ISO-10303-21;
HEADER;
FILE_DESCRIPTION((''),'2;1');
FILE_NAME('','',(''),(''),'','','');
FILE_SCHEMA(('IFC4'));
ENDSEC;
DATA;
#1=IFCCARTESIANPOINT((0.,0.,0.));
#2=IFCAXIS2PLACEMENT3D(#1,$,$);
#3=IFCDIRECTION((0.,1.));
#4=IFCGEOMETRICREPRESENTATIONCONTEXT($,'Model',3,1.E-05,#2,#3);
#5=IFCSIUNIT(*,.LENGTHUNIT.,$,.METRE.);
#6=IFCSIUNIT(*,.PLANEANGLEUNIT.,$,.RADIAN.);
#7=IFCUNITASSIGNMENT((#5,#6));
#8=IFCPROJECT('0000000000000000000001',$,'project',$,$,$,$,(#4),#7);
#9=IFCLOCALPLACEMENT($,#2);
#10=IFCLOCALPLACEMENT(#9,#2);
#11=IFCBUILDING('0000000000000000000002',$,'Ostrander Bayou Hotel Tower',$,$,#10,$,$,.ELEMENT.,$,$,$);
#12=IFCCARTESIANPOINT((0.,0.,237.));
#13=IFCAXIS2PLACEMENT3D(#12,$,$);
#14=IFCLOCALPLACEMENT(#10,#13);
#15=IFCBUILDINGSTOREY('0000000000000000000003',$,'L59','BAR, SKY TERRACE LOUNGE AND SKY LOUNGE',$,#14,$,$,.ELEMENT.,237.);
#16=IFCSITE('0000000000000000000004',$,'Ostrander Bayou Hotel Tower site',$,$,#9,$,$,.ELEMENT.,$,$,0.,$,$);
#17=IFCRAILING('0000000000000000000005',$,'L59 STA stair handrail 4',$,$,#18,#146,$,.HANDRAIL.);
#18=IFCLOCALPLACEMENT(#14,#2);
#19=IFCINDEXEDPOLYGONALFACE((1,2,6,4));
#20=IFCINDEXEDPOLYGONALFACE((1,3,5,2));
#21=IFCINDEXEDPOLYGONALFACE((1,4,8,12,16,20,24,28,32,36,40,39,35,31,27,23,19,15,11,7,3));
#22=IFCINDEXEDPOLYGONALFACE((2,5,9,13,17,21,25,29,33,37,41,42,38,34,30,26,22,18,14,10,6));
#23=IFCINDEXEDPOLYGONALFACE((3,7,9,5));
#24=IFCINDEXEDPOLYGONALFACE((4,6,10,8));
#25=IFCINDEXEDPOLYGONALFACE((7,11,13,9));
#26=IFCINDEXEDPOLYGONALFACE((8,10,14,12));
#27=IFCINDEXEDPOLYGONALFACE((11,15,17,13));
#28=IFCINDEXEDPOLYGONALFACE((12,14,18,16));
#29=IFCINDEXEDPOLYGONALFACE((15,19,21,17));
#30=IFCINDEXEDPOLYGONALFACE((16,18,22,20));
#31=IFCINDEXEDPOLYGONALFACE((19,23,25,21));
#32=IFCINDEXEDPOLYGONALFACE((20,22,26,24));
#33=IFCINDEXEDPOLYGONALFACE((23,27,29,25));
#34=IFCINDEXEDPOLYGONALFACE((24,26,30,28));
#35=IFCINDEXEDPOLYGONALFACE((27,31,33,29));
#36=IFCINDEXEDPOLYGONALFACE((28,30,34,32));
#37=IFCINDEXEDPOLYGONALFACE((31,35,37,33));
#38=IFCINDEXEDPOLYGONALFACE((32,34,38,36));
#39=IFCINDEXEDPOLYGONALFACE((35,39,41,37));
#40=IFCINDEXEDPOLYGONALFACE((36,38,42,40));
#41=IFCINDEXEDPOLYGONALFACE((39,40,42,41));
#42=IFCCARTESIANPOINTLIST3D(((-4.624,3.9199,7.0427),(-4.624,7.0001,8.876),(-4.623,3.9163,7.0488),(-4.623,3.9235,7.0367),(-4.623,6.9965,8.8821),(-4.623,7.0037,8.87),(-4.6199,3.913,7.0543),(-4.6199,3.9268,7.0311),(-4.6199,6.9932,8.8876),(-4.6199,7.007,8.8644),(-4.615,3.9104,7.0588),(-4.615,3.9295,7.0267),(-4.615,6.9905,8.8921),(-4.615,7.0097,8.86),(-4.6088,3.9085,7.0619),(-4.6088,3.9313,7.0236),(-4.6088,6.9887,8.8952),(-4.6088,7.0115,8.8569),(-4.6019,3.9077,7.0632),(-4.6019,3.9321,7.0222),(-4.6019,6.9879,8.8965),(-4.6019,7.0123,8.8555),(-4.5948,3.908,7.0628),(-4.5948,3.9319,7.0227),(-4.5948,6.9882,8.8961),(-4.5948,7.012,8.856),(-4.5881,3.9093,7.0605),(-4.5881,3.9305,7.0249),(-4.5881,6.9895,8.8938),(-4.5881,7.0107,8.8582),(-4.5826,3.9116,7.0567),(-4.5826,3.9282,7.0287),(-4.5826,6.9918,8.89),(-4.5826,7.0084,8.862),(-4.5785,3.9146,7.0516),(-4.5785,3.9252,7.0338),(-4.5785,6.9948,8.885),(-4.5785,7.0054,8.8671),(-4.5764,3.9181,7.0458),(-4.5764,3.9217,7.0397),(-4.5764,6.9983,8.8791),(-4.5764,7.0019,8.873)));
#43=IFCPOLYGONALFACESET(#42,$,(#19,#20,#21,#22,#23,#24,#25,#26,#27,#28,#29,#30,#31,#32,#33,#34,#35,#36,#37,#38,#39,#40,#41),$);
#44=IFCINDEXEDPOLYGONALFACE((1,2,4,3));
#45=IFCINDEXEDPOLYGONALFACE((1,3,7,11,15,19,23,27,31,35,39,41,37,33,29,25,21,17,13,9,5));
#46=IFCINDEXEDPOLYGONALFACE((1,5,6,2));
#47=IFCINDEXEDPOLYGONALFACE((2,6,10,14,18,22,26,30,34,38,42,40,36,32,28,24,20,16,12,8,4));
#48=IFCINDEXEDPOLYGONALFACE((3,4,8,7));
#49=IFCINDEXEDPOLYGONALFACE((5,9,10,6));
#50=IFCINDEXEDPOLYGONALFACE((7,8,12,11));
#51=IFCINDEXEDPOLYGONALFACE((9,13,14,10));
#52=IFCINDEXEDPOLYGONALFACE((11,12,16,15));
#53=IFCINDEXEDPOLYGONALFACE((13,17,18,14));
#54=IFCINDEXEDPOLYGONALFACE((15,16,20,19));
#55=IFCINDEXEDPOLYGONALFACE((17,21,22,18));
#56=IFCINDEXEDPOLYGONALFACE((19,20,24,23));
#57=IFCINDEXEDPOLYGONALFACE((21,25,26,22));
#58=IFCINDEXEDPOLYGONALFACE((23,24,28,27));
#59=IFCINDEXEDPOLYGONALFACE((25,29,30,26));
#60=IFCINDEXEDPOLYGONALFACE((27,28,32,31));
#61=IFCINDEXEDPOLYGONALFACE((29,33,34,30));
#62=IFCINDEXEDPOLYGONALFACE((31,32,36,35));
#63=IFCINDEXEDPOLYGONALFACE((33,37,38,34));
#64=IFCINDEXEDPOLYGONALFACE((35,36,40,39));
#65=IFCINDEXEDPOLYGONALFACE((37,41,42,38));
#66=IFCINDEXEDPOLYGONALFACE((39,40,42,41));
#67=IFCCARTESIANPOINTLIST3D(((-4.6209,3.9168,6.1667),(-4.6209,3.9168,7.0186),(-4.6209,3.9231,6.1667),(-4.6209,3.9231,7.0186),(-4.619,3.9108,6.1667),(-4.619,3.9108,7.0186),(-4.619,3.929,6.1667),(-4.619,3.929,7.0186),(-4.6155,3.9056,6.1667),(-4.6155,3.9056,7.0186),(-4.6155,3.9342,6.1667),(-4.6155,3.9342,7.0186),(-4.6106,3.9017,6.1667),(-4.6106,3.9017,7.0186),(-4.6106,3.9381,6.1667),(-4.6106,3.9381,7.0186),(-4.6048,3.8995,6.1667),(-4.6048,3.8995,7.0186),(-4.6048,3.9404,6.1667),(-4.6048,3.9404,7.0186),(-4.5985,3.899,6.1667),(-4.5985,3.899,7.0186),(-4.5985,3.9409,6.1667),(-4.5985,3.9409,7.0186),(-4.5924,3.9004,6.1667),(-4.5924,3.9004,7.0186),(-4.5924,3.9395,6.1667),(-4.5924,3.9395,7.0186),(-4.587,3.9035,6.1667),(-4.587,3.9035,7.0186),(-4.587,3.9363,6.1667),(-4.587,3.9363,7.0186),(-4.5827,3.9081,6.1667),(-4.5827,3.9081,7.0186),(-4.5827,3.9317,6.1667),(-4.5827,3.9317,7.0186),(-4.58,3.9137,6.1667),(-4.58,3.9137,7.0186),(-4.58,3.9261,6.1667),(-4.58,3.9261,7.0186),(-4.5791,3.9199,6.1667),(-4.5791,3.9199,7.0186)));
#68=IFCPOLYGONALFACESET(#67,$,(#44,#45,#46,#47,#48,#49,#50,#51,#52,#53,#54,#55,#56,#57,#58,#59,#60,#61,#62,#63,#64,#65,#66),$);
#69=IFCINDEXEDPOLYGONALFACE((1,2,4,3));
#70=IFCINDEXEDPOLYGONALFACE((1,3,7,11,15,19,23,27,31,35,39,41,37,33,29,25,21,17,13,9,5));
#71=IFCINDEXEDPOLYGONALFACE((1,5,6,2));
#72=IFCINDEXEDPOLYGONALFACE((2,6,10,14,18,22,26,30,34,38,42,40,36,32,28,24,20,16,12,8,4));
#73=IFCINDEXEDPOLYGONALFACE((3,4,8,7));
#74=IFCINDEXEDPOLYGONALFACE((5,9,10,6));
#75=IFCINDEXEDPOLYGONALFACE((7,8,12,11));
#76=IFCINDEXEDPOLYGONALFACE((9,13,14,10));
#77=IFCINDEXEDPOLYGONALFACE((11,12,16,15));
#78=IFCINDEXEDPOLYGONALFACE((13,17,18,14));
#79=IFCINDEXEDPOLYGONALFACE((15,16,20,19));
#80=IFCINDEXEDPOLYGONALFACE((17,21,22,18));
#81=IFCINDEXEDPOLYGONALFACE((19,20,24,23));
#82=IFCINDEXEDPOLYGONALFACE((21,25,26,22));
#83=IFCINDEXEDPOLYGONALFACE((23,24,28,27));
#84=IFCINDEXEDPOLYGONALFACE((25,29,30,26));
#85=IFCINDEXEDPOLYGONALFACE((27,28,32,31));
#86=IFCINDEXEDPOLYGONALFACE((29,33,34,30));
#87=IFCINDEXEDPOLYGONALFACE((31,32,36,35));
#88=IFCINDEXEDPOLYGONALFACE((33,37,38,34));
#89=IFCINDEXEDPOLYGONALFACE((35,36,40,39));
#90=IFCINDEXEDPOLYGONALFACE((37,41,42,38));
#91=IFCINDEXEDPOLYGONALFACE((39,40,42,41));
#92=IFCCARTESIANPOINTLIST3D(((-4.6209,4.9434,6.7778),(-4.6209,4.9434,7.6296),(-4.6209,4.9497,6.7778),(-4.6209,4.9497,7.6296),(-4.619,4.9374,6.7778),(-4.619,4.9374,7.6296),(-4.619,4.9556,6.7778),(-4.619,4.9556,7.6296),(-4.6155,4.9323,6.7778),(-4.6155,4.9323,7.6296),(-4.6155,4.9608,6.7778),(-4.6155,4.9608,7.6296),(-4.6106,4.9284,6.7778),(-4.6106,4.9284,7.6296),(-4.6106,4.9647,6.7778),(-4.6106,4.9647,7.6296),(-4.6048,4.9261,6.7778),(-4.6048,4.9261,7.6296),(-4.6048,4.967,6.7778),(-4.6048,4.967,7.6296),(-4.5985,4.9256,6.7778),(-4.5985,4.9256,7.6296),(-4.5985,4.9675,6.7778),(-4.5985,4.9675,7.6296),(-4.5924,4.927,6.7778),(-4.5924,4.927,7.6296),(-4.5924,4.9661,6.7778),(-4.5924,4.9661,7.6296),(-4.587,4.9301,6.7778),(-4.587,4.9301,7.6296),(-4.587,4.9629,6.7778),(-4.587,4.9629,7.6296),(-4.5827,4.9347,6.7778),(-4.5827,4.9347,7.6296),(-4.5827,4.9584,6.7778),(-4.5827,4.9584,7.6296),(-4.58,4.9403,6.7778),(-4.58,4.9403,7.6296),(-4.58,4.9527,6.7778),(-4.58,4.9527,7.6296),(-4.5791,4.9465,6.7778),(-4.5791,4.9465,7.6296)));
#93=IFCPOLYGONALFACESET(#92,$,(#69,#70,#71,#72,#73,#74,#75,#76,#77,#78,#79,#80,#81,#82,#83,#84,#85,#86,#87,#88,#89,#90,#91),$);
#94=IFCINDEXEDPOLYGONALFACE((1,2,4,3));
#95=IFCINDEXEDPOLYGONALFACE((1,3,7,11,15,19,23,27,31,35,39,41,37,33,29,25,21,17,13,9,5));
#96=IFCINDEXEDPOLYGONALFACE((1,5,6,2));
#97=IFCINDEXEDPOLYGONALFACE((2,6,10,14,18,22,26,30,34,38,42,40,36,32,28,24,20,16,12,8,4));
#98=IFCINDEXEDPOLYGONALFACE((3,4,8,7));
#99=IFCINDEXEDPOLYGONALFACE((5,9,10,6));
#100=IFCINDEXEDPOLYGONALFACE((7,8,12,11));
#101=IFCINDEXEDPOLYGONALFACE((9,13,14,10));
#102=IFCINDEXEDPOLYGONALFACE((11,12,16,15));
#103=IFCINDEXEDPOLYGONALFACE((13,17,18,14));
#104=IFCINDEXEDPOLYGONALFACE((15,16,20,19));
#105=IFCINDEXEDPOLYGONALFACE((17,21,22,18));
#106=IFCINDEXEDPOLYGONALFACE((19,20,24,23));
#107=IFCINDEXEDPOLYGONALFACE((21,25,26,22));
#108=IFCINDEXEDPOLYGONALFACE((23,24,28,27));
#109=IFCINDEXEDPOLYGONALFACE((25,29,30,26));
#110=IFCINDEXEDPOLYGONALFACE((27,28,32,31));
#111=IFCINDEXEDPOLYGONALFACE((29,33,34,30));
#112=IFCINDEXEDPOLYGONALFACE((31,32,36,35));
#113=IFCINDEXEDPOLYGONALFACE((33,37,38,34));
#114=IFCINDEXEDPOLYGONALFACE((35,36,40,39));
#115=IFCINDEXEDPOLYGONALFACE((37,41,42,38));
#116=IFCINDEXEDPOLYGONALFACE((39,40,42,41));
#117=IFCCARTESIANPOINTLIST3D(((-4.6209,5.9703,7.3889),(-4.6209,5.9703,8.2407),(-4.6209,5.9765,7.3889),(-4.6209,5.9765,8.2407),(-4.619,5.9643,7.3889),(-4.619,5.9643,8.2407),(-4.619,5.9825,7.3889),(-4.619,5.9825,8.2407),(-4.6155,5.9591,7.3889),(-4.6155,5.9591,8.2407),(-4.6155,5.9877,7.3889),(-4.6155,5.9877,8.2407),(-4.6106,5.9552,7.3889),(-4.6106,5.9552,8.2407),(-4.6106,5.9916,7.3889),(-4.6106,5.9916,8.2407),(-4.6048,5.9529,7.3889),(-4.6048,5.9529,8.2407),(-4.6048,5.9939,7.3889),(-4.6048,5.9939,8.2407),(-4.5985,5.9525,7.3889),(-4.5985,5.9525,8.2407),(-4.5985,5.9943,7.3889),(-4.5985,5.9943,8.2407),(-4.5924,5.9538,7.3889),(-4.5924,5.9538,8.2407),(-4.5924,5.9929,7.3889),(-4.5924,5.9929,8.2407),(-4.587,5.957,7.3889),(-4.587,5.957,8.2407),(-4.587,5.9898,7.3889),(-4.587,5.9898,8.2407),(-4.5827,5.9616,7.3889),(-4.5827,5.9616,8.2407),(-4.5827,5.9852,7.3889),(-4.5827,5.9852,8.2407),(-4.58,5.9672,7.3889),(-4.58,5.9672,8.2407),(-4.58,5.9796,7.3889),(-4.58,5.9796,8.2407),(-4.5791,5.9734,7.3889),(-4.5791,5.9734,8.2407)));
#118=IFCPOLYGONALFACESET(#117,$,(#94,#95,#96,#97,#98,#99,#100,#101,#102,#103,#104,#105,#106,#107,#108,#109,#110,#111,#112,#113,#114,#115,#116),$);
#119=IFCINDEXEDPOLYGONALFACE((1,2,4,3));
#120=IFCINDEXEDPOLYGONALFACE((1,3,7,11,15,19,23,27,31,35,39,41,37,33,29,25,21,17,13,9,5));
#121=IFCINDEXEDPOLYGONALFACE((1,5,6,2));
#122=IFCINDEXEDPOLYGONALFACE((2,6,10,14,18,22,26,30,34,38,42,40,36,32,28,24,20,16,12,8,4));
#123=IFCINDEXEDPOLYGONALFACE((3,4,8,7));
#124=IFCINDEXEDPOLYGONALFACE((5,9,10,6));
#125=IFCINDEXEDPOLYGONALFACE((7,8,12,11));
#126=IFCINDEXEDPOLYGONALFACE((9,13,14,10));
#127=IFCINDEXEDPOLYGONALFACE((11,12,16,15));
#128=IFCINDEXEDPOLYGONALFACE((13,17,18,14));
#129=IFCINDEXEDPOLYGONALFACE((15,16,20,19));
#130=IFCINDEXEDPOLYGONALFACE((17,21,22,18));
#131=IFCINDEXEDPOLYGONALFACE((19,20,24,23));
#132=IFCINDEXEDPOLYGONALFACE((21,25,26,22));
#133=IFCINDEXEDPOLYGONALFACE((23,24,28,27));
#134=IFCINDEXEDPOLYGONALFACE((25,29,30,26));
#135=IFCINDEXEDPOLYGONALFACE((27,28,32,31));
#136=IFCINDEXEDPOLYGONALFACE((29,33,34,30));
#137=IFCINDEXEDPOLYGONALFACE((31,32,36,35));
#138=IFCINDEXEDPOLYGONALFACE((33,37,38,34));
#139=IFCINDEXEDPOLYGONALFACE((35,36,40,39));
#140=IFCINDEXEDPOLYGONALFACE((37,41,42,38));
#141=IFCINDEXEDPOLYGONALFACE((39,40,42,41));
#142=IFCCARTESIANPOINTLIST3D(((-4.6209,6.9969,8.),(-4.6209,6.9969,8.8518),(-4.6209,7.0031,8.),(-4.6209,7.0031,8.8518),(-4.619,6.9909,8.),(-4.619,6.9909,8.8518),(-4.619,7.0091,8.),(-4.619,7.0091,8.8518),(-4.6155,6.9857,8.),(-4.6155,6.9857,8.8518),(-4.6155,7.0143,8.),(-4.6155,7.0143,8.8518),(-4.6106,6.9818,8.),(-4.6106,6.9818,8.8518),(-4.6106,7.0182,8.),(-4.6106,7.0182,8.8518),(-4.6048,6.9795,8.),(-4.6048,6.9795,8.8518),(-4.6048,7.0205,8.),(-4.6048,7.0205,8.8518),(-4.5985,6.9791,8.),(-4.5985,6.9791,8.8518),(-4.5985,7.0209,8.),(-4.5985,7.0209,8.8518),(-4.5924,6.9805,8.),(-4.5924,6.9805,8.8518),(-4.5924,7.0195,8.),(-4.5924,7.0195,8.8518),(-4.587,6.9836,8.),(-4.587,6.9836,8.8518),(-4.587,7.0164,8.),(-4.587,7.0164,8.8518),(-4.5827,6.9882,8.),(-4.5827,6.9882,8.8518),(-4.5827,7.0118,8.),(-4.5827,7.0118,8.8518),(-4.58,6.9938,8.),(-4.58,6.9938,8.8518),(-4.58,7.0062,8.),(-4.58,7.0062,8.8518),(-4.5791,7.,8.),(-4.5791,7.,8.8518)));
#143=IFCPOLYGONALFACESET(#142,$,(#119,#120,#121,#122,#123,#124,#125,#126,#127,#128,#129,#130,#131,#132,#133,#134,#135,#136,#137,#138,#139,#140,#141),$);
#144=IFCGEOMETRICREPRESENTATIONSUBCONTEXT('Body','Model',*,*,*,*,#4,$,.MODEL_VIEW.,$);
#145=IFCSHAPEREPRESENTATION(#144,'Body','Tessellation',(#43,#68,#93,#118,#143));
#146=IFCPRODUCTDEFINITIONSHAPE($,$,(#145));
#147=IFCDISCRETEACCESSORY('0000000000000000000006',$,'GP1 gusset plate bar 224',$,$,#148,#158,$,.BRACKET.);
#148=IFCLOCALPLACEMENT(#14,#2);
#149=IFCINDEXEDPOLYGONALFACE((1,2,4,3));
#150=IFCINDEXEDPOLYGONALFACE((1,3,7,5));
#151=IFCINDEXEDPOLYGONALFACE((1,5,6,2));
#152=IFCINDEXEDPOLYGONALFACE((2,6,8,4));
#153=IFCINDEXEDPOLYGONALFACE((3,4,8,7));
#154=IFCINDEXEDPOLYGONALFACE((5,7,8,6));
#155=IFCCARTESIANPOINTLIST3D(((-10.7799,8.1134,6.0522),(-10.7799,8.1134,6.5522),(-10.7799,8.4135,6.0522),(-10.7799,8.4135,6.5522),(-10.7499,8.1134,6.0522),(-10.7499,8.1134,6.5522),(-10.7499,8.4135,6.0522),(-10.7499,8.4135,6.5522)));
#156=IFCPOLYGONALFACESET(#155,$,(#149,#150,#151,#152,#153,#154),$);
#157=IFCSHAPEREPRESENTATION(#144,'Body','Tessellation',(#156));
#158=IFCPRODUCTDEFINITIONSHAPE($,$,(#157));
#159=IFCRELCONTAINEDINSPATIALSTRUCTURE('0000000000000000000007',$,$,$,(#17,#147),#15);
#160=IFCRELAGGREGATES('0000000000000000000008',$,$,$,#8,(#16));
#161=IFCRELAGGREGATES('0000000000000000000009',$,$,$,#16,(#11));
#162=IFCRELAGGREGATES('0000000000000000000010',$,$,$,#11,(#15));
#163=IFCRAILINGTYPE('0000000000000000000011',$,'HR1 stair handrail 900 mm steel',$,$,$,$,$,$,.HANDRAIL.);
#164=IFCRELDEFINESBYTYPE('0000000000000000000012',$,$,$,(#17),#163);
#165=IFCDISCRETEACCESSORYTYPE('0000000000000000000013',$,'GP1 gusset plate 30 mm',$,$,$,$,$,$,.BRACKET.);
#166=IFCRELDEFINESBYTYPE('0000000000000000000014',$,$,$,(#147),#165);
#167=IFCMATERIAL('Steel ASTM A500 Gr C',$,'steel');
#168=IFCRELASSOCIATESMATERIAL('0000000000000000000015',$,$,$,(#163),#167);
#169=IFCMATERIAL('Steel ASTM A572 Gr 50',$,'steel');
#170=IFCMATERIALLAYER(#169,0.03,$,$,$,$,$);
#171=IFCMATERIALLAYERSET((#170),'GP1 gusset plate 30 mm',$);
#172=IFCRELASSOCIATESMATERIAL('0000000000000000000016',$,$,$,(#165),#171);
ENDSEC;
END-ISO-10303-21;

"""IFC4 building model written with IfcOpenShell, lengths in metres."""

from ifc_helpers import new_model, si_unit, direction, frame, origin, origin_2d, place, context, subcontext, project, spatial, rectangle, circle, extrude, material, layer, layer_set, type_object, element, save


model = new_model("IFC4")

# Units and contexts
model_context = context("Model", 3, precision=1e-05, world=origin(), true_north=direction((0.0, 1.0)))
body_context = subcontext(model_context, "Body", "Model", "MODEL_VIEW")
ifc_project = project(units=[si_unit("LENGTHUNIT", "METRE"), si_unit("PLANEANGLEUNIT", "RADIAN")], contexts=[model_context])

# Site, building, storey
site_placement = place(None, origin())
site = spatial("IfcSite", under=ifc_project, at=site_placement, Name="Ostrander Bayou Hotel Tower site", CompositionType="ELEMENT", RefElevation=0.0)
building_placement = place(site_placement, origin())
building = spatial("IfcBuilding", under=site, at=building_placement, Name="Ostrander Bayou Hotel Tower", CompositionType="ELEMENT")
storey_placement = place(building_placement, frame((0.0, 0.0, 237.0)))
storey = spatial("IfcBuildingStorey", under=building, at=storey_placement, Name="L59", Description="BAR, SKY TERRACE LOUNGE AND SKY LOUNGE", CompositionType="ELEMENT", Elevation=237.0)

# Railing
ifc_material_1 = material(Name="Steel ASTM A500 Gr C", Category="steel")
railing_type_1 = type_object("IfcRailingType", Name="HR1 stair handrail 900 mm steel", PredefinedType="HANDRAIL", material=ifc_material_1)
railing_1_placement = place(storey_placement, frame((-4.6001, 3.9199, 6.1667)))
element("IfcRailing", 1, at=railing_1_placement, inside=storey, type_object=railing_type_1, Name="L59 STA stair handrail 4", PredefinedType="HANDRAIL", context=body_context, shape_type="SweptSolid", body=[
    extrude(circle(Radius=0.0239, at=origin_2d()), frame((0.0, 0.0, 0.876), z_axis=(0.0, 0.859309, 0.511458), x_axis=(-1.0, 0.0, 0.0)), (0.0, 0.0, 1.0), 3.5845),
    extrude(circle(Radius=0.021, at=origin_2d()), origin(), (0.0, 0.0, 1.0), 0.8518),
    extrude(circle(Radius=0.021, at=origin_2d()), frame((0.0, 1.0266, 0.6111)), (0.0, 0.0, 1.0), 0.8518),
    extrude(circle(Radius=0.021, at=origin_2d()), frame((0.0, 2.0535, 1.2222)), (0.0, 0.0, 1.0), 0.8518),
    extrude(circle(Radius=0.021, at=origin_2d()), frame((0.0, 3.0801, 1.8333)), (0.0, 0.0, 1.0), 0.8518),
])

# Discrete accessory
ifc_material_2 = material(Name="Steel ASTM A572 Gr 50", Category="steel")
ifc_layer_1 = layer(ifc_material_2, 0.03)
ifc_layer_set_1 = layer_set([ifc_layer_1], Name="GP1 gusset plate 30 mm")
discrete_accessory_type = type_object("IfcDiscreteAccessoryType", Name="GP1 gusset plate 30 mm", PredefinedType="BRACKET", material=ifc_layer_set_1)
discrete_accessory_placement = place(storey_placement, frame((-10.7649, 8.2634, 6.0522), z_axis=(0.0, 0.0, 1.0), x_axis=(0.0, -1.0, 0.0)))
element("IfcDiscreteAccessory", 2, at=discrete_accessory_placement, inside=storey, type_object=discrete_accessory_type, Name="GP1 gusset plate bar 224", PredefinedType="BRACKET", context=body_context, shape_type="SweptSolid", body=[
    extrude(rectangle(XDim=0.3, YDim=0.03, at=origin_2d()), origin(), (0.0, 0.0, 1.0), 0.5),
])

save(model, "model.ifc")
